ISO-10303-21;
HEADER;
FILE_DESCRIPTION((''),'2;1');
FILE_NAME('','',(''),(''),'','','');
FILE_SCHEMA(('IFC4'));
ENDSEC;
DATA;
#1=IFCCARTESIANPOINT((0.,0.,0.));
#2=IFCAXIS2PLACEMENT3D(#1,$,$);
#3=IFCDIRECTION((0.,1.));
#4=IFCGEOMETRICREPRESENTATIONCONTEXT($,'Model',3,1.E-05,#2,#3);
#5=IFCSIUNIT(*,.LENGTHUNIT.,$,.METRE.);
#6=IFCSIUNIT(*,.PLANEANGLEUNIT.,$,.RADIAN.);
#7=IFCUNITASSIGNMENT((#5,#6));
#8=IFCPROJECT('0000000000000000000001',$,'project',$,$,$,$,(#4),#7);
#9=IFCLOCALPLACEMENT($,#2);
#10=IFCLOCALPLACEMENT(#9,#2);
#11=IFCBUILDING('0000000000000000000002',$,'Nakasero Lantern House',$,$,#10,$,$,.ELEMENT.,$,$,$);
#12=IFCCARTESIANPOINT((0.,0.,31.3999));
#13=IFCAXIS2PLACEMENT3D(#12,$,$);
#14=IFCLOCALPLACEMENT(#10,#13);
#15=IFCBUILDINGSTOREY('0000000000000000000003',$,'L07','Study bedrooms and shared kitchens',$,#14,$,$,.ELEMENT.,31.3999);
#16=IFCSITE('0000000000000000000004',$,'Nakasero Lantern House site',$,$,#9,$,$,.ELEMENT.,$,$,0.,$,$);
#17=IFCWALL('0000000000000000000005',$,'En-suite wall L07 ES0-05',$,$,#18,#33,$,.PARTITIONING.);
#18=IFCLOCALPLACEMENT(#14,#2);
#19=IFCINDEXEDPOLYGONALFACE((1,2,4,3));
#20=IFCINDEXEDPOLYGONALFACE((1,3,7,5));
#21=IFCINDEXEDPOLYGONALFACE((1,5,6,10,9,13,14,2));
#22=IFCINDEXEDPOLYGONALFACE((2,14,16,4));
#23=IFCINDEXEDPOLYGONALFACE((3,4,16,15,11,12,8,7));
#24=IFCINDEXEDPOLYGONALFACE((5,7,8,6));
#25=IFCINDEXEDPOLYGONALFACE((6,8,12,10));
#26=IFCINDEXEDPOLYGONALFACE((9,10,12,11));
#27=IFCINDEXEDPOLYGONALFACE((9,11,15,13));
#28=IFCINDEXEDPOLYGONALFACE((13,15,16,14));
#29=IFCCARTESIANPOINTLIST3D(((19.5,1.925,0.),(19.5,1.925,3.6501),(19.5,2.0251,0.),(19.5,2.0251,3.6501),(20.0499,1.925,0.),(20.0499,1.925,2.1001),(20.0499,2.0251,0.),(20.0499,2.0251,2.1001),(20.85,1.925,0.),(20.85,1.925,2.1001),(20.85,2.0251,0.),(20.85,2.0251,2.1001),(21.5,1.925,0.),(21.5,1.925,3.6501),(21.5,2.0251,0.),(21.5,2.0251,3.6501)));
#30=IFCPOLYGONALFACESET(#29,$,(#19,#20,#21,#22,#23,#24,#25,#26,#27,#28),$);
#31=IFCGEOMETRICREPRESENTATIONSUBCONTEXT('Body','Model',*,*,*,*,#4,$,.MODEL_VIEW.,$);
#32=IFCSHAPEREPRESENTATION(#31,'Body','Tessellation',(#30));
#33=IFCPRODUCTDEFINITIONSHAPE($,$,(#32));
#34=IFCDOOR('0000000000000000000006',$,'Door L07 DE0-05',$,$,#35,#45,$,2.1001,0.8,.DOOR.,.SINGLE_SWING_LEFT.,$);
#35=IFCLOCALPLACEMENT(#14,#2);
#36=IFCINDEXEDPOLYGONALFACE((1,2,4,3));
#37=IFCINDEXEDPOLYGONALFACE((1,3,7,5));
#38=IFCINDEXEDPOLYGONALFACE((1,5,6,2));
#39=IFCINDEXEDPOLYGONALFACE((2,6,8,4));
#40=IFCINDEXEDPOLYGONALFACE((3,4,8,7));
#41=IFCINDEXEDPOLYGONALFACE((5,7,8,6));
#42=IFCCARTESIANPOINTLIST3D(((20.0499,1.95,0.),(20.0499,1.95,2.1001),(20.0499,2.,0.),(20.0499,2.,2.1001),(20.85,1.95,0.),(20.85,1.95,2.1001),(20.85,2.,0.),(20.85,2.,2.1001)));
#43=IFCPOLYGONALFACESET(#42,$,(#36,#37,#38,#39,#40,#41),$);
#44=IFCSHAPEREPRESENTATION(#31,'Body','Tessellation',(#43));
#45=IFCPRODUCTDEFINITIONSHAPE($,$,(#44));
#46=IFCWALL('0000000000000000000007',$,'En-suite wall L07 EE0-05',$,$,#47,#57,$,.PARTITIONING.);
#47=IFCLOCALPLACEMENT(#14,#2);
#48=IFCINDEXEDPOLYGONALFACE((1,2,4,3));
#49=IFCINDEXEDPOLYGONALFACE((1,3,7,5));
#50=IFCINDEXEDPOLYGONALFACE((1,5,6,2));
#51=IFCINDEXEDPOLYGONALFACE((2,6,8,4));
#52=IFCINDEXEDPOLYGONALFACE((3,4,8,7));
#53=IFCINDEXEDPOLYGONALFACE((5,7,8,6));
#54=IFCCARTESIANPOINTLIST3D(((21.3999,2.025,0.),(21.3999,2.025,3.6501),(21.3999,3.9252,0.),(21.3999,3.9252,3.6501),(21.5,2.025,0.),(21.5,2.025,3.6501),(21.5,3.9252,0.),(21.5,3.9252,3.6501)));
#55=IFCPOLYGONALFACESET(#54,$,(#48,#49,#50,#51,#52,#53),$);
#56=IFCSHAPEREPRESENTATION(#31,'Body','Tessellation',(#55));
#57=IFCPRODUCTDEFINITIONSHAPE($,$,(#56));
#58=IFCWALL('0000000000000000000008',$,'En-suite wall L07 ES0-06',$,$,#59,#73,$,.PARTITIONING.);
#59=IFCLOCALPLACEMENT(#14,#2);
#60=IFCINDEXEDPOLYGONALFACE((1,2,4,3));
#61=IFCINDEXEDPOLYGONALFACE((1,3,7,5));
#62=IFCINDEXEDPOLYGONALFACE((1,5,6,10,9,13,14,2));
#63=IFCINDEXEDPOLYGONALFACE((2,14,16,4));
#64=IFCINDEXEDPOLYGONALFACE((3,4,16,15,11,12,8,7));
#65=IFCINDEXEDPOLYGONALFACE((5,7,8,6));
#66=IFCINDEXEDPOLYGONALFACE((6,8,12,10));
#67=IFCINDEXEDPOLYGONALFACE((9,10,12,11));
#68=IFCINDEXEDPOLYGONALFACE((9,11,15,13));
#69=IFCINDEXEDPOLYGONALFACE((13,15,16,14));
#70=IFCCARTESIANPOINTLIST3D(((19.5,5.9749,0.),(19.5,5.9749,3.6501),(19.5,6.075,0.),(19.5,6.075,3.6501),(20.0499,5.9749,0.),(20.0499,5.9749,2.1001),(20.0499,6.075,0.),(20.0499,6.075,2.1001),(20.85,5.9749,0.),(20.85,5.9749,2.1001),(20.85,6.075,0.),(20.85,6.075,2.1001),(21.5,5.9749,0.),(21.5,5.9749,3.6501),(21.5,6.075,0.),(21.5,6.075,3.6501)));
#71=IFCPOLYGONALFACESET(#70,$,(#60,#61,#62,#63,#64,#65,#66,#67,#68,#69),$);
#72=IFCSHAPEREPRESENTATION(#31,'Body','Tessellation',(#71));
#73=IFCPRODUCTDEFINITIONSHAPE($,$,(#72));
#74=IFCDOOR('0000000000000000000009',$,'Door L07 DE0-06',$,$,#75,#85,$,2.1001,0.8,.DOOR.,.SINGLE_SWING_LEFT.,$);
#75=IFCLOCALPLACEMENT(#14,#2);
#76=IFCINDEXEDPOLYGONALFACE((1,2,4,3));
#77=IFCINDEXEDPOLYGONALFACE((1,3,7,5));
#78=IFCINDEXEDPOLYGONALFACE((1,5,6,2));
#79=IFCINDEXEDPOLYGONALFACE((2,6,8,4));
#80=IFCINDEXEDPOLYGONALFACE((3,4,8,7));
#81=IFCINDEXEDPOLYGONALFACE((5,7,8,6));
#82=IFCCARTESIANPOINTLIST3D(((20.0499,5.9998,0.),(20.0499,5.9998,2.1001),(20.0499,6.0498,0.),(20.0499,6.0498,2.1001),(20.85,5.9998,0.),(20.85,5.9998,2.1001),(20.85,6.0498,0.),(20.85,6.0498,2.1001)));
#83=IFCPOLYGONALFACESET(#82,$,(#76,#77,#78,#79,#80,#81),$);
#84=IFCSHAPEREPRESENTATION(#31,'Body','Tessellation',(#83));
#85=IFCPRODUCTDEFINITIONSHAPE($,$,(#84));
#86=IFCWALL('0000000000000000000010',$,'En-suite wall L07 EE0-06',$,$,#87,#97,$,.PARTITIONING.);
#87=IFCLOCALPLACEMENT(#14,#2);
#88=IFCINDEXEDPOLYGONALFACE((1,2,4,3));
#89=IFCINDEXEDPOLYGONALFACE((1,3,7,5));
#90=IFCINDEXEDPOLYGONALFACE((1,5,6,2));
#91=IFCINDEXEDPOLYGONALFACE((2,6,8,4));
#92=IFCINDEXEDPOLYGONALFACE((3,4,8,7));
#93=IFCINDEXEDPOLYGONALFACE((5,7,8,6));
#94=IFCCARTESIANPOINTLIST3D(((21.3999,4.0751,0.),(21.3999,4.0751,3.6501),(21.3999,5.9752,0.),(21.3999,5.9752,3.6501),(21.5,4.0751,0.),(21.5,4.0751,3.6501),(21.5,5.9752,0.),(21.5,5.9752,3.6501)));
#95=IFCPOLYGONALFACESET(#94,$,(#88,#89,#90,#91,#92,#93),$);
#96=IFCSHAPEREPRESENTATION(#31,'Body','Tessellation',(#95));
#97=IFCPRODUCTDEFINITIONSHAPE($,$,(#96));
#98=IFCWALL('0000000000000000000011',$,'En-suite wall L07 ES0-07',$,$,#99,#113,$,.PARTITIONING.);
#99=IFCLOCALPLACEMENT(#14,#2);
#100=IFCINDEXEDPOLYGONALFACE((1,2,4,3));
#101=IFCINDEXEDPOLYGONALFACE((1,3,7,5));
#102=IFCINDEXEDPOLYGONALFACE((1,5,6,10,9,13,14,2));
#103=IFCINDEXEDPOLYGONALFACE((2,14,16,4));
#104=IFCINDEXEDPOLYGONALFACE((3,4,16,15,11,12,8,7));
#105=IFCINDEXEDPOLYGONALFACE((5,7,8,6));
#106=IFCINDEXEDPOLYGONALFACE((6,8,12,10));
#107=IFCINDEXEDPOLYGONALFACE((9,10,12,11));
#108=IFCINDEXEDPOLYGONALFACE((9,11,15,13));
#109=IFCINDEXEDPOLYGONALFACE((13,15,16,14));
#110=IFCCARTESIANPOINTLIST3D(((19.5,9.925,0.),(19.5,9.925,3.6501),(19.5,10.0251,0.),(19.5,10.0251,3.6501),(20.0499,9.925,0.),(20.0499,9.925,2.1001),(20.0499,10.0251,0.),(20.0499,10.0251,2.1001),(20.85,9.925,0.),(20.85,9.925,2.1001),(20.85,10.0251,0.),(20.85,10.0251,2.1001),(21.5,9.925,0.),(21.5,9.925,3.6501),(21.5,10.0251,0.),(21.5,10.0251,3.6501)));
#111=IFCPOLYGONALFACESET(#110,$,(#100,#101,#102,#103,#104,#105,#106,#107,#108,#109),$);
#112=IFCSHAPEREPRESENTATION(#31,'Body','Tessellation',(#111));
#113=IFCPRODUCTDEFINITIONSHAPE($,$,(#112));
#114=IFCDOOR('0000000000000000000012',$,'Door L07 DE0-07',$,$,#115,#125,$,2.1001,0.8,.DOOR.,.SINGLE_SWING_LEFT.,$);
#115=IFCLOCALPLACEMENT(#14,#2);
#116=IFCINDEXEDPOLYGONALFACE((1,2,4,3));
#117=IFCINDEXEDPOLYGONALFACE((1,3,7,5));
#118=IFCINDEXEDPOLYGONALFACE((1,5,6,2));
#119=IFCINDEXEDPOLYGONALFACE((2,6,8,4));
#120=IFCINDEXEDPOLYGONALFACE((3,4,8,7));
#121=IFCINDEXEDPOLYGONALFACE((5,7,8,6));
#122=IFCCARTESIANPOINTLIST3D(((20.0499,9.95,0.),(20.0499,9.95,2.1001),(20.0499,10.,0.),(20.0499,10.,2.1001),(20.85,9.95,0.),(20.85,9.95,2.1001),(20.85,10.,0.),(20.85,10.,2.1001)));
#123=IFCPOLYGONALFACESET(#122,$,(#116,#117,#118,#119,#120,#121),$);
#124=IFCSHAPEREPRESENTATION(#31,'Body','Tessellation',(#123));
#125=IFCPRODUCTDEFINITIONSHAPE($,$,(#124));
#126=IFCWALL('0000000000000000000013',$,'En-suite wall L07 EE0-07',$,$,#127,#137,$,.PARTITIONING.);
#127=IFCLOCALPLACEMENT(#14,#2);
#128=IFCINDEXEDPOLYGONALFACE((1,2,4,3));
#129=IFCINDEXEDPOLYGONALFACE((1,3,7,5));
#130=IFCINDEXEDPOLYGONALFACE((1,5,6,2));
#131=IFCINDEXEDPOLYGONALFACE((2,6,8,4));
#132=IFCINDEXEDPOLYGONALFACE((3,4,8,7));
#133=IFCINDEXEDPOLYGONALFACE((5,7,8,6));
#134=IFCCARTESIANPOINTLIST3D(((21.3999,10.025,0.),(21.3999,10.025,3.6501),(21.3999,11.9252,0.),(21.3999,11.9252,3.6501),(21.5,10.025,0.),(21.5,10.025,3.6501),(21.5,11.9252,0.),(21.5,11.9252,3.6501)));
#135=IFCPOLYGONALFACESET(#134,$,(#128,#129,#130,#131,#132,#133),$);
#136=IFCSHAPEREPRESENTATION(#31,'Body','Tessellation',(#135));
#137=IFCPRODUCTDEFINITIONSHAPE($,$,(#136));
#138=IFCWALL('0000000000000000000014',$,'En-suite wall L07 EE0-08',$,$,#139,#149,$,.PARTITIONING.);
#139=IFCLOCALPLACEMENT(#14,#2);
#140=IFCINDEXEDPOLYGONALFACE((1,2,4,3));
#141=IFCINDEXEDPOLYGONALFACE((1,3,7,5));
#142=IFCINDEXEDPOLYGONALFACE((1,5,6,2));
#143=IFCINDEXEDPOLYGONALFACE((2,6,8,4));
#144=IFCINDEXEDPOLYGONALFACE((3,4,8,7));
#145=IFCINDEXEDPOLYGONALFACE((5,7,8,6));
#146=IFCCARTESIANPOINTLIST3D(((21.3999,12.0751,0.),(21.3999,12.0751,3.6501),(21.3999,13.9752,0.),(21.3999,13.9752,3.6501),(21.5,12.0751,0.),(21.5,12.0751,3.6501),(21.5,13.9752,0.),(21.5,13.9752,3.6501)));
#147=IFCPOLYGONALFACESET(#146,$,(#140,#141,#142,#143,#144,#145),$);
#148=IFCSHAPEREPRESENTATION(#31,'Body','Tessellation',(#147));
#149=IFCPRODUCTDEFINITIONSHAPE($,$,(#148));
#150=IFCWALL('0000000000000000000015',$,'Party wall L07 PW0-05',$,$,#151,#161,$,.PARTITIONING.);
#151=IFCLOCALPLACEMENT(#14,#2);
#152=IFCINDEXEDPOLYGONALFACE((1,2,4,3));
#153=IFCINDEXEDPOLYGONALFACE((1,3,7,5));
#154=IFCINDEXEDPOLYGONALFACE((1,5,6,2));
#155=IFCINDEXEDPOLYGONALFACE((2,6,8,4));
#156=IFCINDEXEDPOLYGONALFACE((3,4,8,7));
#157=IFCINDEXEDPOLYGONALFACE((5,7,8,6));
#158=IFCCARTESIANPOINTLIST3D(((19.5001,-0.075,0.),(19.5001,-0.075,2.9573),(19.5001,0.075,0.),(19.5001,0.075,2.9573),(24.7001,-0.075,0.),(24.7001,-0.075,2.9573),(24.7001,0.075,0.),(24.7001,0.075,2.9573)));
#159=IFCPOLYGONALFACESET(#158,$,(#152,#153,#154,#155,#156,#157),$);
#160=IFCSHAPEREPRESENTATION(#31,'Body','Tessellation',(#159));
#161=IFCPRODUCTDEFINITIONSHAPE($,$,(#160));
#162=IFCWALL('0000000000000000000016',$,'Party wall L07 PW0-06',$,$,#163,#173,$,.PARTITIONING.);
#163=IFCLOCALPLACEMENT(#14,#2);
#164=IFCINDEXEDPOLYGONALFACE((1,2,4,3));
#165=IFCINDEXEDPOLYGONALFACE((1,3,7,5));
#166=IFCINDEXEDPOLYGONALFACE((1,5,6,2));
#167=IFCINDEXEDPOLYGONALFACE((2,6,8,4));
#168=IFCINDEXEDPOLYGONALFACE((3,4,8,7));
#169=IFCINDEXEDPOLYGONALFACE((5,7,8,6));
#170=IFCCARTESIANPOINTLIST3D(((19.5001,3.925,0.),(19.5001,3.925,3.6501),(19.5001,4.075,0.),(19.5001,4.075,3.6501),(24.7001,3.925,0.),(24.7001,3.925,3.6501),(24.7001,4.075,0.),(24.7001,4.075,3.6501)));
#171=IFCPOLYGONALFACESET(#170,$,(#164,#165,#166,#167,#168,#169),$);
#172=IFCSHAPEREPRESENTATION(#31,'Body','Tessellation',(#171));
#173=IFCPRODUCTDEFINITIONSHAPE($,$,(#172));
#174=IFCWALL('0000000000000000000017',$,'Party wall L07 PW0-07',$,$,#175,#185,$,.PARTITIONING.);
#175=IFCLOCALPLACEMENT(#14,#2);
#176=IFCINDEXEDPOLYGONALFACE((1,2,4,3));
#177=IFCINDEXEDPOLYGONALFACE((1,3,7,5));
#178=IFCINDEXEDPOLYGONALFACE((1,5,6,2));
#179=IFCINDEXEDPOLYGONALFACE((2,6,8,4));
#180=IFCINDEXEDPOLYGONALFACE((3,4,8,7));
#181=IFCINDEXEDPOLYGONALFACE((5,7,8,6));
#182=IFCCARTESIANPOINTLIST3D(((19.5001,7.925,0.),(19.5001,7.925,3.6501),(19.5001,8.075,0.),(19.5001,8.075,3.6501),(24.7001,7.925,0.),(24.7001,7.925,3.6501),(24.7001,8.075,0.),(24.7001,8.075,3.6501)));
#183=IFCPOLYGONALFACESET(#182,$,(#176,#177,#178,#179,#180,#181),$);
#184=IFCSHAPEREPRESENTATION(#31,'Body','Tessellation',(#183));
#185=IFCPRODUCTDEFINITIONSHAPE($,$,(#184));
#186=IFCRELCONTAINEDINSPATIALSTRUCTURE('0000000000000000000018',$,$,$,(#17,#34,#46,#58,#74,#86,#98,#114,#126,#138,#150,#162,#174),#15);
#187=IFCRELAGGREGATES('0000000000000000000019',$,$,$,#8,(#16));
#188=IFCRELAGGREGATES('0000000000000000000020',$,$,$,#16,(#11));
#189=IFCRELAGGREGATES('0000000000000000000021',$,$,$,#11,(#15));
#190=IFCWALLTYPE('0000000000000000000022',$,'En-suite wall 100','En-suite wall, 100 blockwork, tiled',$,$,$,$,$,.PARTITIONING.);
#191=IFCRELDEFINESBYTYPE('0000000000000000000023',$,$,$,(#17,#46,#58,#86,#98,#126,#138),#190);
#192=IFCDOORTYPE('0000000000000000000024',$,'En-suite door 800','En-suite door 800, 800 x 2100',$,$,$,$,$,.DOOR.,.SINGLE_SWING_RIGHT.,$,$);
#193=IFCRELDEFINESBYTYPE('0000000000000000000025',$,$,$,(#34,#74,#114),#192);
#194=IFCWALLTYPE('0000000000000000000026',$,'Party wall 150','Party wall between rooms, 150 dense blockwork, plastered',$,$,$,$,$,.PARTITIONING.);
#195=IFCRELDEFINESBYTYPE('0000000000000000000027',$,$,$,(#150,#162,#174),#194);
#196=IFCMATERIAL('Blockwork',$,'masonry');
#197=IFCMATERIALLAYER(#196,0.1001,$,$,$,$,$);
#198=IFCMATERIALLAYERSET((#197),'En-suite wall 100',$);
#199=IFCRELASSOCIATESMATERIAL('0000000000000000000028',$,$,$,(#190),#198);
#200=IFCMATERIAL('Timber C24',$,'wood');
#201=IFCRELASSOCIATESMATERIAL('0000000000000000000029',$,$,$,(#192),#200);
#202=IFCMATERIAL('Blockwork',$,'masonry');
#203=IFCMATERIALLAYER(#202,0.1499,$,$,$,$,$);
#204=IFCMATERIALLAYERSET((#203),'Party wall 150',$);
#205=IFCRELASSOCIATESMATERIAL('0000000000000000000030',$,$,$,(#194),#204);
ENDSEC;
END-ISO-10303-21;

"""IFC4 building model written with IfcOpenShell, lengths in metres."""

from ifc_helpers import new_model, si_unit, direction, frame, frame_2d, origin, place, context, subcontext, project, spatial, rectangle, extrude, material, layer, layer_set, type_object, element, fill, save


model = new_model("IFC4")

# Units and contexts
model_context = context("Model", 3, precision=1e-05, world=origin(), true_north=direction((0.0, 1.0)))
body_context = subcontext(model_context, "Body", "Model", "MODEL_VIEW")
ifc_project = project(units=[si_unit("LENGTHUNIT", "METRE"), si_unit("PLANEANGLEUNIT", "RADIAN")], contexts=[model_context])

# Site, building, storey
site_placement = place(None, origin())
site = spatial("IfcSite", under=ifc_project, at=site_placement, Name="Nakasero Lantern House site", CompositionType="ELEMENT", RefElevation=0.0)
building_placement = place(site_placement, origin())
building = spatial("IfcBuilding", under=site, at=building_placement, Name="Nakasero Lantern House", CompositionType="ELEMENT")
storey_placement = place(building_placement, frame((0.0, 0.0, 31.3999)))
storey = spatial("IfcBuildingStorey", under=building, at=storey_placement, Name="L07", Description="Study bedrooms and shared kitchens", CompositionType="ELEMENT", Elevation=31.3999)

# Wall, opening, door
ifc_material_1 = material(Name="Blockwork", Category="masonry")
ifc_layer_1 = layer(ifc_material_1, 0.1001)
ifc_layer_set_1 = layer_set([ifc_layer_1], Name="En-suite wall 100")
wall_type_1 = type_object("IfcWallType", Name="En-suite wall 100", Description="En-suite wall, 100 blockwork, tiled", PredefinedType="PARTITIONING", material=ifc_layer_set_1)
wall_1_placement = place(storey_placement, frame((19.5, 1.9751, 0.0), z_axis=(0.0, 0.0, 1.0), x_axis=(1.0, 0.0, 0.0)))
wall_1 = element("IfcWall", 1, at=wall_1_placement, inside=storey, type_object=wall_type_1, Name="En-suite wall L07 ES0-05", PredefinedType="PARTITIONING", context=body_context, shape_type="SweptSolid", body=[
    extrude(rectangle(XDim=2.0, YDim=0.1001, at=frame_2d((1.0, 0.0))), origin(), (0.0, 0.0, 1.0), 3.6501),
])
opening_1_placement = place(wall_1_placement, frame((0.55, 0.0, 0.0)))
opening_1 = element("IfcOpeningElement", 2, at=opening_1_placement, cuts=wall_1, PredefinedType="OPENING", context=body_context, shape_type="SweptSolid", body=[
    extrude(rectangle(XDim=0.8, YDim=2.1001, at=frame_2d((0.3999, 1.05))), frame((0.0, 0.0701, 0.0), z_axis=(0.0, -1.0, 0.0), x_axis=(1.0, 0.0, 0.0)), (0.0, 0.0, 1.0), 0.1401),
])
ifc_material_2 = material(Name="Timber C24", Category="wood")
door_type = type_object("IfcDoorType", Name="En-suite door 800", Description="En-suite door 800, 800 x 2100", OperationType="SINGLE_SWING_RIGHT", PredefinedType="DOOR", material=ifc_material_2)
door_1_placement = place(opening_1_placement, origin())
door_1 = element("IfcDoor", 3, at=door_1_placement, inside=storey, type_object=door_type, Name="Door L07 DE0-05", OperationType="SINGLE_SWING_LEFT", OverallHeight=2.1001, OverallWidth=0.8, PredefinedType="DOOR", context=body_context, shape_type="SweptSolid", body=[
    extrude(rectangle(XDim=0.8, YDim=2.1001, at=frame_2d((0.3999, 1.05))), frame((0.0, 0.0249, 0.0), z_axis=(0.0, -1.0, 0.0), x_axis=(1.0, 0.0, 0.0)), (0.0, 0.0, 1.0), 0.05),
])
fill(opening_1, door_1)

# Wall
wall_2_placement = place(storey_placement, frame((21.45, 2.0249, 0.0), z_axis=(0.0, 0.0, 1.0), x_axis=(0.0, 1.0, 0.0)))
element("IfcWall", 4, at=wall_2_placement, inside=storey, type_object=wall_type_1, Name="En-suite wall L07 EE0-05", PredefinedType="PARTITIONING", context=body_context, shape_type="SweptSolid", body=[
    extrude(rectangle(XDim=1.9001, YDim=0.1001, at=frame_2d((0.9502, 0.0))), origin(), (0.0, 0.0, 1.0), 3.6501),
])

# Wall, opening, door
wall_3_placement = place(storey_placement, frame((19.5, 6.0249, 0.0), z_axis=(0.0, 0.0, 1.0), x_axis=(1.0, 0.0, 0.0)))
wall_3 = element("IfcWall", 5, at=wall_3_placement, inside=storey, type_object=wall_type_1, Name="En-suite wall L07 ES0-06", PredefinedType="PARTITIONING", context=body_context, shape_type="SweptSolid", body=[
    extrude(rectangle(XDim=2.0, YDim=0.1001, at=frame_2d((1.0, 0.0))), origin(), (0.0, 0.0, 1.0), 3.6501),
])
opening_2_placement = place(wall_3_placement, frame((0.55, 0.0, 0.0)))
opening_2 = element("IfcOpeningElement", 6, at=opening_2_placement, cuts=wall_3, PredefinedType="OPENING", context=body_context, shape_type="SweptSolid", body=[
    extrude(rectangle(XDim=0.8, YDim=2.1001, at=frame_2d((0.3999, 1.05))), frame((0.0, 0.0701, 0.0), z_axis=(0.0, -1.0, 0.0), x_axis=(1.0, 0.0, 0.0)), (0.0, 0.0, 1.0), 0.1401),
])
door_2_placement = place(opening_2_placement, origin())
door_2 = element("IfcDoor", 7, at=door_2_placement, inside=storey, type_object=door_type, Name="Door L07 DE0-06", OperationType="SINGLE_SWING_LEFT", OverallHeight=2.1001, OverallWidth=0.8, PredefinedType="DOOR", context=body_context, shape_type="SweptSolid", body=[
    extrude(rectangle(XDim=0.8, YDim=2.1001, at=frame_2d((0.3999, 1.05))), frame((0.0, 0.0249, 0.0), z_axis=(0.0, -1.0, 0.0), x_axis=(1.0, 0.0, 0.0)), (0.0, 0.0, 1.0), 0.05),
])
fill(opening_2, door_2)

# Wall
wall_4_placement = place(storey_placement, frame((21.45, 4.075, 0.0), z_axis=(0.0, 0.0, 1.0), x_axis=(0.0, 1.0, 0.0)))
element("IfcWall", 8, at=wall_4_placement, inside=storey, type_object=wall_type_1, Name="En-suite wall L07 EE0-06", PredefinedType="PARTITIONING", context=body_context, shape_type="SweptSolid", body=[
    extrude(rectangle(XDim=1.9001, YDim=0.1001, at=frame_2d((0.9502, 0.0))), origin(), (0.0, 0.0, 1.0), 3.6501),
])

# Wall, opening, door
wall_5_placement = place(storey_placement, frame((19.5, 9.9751, 0.0), z_axis=(0.0, 0.0, 1.0), x_axis=(1.0, 0.0, 0.0)))
wall_5 = element("IfcWall", 9, at=wall_5_placement, inside=storey, type_object=wall_type_1, Name="En-suite wall L07 ES0-07", PredefinedType="PARTITIONING", context=body_context, shape_type="SweptSolid", body=[
    extrude(rectangle(XDim=2.0, YDim=0.1001, at=frame_2d((1.0, 0.0))), origin(), (0.0, 0.0, 1.0), 3.6501),
])
opening_3_placement = place(wall_5_placement, frame((0.55, 0.0, 0.0)))
opening_3 = element("IfcOpeningElement", 10, at=opening_3_placement, cuts=wall_5, PredefinedType="OPENING", context=body_context, shape_type="SweptSolid", body=[
    extrude(rectangle(XDim=0.8, YDim=2.1001, at=frame_2d((0.3999, 1.05))), frame((0.0, 0.0701, 0.0), z_axis=(0.0, -1.0, 0.0), x_axis=(1.0, 0.0, 0.0)), (0.0, 0.0, 1.0), 0.1401),
])
door_3_placement = place(opening_3_placement, origin())
door_3 = element("IfcDoor", 11, at=door_3_placement, inside=storey, type_object=door_type, Name="Door L07 DE0-07", OperationType="SINGLE_SWING_LEFT", OverallHeight=2.1001, OverallWidth=0.8, PredefinedType="DOOR", context=body_context, shape_type="SweptSolid", body=[
    extrude(rectangle(XDim=0.8, YDim=2.1001, at=frame_2d((0.3999, 1.05))), frame((0.0, 0.0249, 0.0), z_axis=(0.0, -1.0, 0.0), x_axis=(1.0, 0.0, 0.0)), (0.0, 0.0, 1.0), 0.05),
])
fill(opening_3, door_3)

# Walls
for number, where, z_axis, x_axis, name in (
    (12, (21.45, 10.0249, 0.0), (0.0, 0.0, 1.0), (0.0, 1.0, 0.0), "En-suite wall L07 EE0-07"),
    (13, (21.45, 12.075, 0.0), (0.0, 0.0, 1.0), (0.0, 1.0, 0.0), "En-suite wall L07 EE0-08"),
):
    element("IfcWall", number, at=place(storey_placement, frame(where, z_axis=z_axis, x_axis=x_axis)), inside=storey, type_object=wall_type_1, Name=name, PredefinedType="PARTITIONING", context=body_context, shape_type="SweptSolid", body=[
        extrude(rectangle(XDim=1.9001, YDim=0.1001, at=frame_2d((0.9502, 0.0))), origin(), (0.0, 0.0, 1.0), 3.6501),
    ])
ifc_material_3 = material(Name="Blockwork", Category="masonry")
ifc_layer_2 = layer(ifc_material_3, 0.1499)
ifc_layer_set_2 = layer_set([ifc_layer_2], Name="Party wall 150")
wall_type_2 = type_object("IfcWallType", Name="Party wall 150", Description="Party wall between rooms, 150 dense blockwork, plastered", PredefinedType="PARTITIONING", material=ifc_layer_set_2)
wall_6_placement = place(storey_placement, frame((19.5, 0.0, 0.0), z_axis=(0.0, 0.0, 1.0), x_axis=(1.0, 0.0, 0.0)))
element("IfcWall", 14, at=wall_6_placement, inside=storey, type_object=wall_type_2, Name="Party wall L07 PW0-05", PredefinedType="PARTITIONING", context=body_context, shape_type="SweptSolid", body=[
    extrude(rectangle(XDim=5.2, YDim=0.1499, at=frame_2d((2.6001, 0.0))), origin(), (0.0, 0.0, 1.0), 2.9573),
])
for number, where, z_axis, x_axis, name in (
    (15, (19.5, 4.0, 0.0), (0.0, 0.0, 1.0), (1.0, 0.0, 0.0), "Party wall L07 PW0-06"),
    (16, (19.5, 8.0, 0.0), (0.0, 0.0, 1.0), (1.0, 0.0, 0.0), "Party wall L07 PW0-07"),
):
    element("IfcWall", number, at=place(storey_placement, frame(where, z_axis=z_axis, x_axis=x_axis)), inside=storey, type_object=wall_type_2, Name=name, PredefinedType="PARTITIONING", context=body_context, shape_type="SweptSolid", body=[
        extrude(rectangle(XDim=5.2, YDim=0.1499, at=frame_2d((2.6001, 0.0))), origin(), (0.0, 0.0, 1.0), 3.6501),
    ])

save(model, "model.ifc")
